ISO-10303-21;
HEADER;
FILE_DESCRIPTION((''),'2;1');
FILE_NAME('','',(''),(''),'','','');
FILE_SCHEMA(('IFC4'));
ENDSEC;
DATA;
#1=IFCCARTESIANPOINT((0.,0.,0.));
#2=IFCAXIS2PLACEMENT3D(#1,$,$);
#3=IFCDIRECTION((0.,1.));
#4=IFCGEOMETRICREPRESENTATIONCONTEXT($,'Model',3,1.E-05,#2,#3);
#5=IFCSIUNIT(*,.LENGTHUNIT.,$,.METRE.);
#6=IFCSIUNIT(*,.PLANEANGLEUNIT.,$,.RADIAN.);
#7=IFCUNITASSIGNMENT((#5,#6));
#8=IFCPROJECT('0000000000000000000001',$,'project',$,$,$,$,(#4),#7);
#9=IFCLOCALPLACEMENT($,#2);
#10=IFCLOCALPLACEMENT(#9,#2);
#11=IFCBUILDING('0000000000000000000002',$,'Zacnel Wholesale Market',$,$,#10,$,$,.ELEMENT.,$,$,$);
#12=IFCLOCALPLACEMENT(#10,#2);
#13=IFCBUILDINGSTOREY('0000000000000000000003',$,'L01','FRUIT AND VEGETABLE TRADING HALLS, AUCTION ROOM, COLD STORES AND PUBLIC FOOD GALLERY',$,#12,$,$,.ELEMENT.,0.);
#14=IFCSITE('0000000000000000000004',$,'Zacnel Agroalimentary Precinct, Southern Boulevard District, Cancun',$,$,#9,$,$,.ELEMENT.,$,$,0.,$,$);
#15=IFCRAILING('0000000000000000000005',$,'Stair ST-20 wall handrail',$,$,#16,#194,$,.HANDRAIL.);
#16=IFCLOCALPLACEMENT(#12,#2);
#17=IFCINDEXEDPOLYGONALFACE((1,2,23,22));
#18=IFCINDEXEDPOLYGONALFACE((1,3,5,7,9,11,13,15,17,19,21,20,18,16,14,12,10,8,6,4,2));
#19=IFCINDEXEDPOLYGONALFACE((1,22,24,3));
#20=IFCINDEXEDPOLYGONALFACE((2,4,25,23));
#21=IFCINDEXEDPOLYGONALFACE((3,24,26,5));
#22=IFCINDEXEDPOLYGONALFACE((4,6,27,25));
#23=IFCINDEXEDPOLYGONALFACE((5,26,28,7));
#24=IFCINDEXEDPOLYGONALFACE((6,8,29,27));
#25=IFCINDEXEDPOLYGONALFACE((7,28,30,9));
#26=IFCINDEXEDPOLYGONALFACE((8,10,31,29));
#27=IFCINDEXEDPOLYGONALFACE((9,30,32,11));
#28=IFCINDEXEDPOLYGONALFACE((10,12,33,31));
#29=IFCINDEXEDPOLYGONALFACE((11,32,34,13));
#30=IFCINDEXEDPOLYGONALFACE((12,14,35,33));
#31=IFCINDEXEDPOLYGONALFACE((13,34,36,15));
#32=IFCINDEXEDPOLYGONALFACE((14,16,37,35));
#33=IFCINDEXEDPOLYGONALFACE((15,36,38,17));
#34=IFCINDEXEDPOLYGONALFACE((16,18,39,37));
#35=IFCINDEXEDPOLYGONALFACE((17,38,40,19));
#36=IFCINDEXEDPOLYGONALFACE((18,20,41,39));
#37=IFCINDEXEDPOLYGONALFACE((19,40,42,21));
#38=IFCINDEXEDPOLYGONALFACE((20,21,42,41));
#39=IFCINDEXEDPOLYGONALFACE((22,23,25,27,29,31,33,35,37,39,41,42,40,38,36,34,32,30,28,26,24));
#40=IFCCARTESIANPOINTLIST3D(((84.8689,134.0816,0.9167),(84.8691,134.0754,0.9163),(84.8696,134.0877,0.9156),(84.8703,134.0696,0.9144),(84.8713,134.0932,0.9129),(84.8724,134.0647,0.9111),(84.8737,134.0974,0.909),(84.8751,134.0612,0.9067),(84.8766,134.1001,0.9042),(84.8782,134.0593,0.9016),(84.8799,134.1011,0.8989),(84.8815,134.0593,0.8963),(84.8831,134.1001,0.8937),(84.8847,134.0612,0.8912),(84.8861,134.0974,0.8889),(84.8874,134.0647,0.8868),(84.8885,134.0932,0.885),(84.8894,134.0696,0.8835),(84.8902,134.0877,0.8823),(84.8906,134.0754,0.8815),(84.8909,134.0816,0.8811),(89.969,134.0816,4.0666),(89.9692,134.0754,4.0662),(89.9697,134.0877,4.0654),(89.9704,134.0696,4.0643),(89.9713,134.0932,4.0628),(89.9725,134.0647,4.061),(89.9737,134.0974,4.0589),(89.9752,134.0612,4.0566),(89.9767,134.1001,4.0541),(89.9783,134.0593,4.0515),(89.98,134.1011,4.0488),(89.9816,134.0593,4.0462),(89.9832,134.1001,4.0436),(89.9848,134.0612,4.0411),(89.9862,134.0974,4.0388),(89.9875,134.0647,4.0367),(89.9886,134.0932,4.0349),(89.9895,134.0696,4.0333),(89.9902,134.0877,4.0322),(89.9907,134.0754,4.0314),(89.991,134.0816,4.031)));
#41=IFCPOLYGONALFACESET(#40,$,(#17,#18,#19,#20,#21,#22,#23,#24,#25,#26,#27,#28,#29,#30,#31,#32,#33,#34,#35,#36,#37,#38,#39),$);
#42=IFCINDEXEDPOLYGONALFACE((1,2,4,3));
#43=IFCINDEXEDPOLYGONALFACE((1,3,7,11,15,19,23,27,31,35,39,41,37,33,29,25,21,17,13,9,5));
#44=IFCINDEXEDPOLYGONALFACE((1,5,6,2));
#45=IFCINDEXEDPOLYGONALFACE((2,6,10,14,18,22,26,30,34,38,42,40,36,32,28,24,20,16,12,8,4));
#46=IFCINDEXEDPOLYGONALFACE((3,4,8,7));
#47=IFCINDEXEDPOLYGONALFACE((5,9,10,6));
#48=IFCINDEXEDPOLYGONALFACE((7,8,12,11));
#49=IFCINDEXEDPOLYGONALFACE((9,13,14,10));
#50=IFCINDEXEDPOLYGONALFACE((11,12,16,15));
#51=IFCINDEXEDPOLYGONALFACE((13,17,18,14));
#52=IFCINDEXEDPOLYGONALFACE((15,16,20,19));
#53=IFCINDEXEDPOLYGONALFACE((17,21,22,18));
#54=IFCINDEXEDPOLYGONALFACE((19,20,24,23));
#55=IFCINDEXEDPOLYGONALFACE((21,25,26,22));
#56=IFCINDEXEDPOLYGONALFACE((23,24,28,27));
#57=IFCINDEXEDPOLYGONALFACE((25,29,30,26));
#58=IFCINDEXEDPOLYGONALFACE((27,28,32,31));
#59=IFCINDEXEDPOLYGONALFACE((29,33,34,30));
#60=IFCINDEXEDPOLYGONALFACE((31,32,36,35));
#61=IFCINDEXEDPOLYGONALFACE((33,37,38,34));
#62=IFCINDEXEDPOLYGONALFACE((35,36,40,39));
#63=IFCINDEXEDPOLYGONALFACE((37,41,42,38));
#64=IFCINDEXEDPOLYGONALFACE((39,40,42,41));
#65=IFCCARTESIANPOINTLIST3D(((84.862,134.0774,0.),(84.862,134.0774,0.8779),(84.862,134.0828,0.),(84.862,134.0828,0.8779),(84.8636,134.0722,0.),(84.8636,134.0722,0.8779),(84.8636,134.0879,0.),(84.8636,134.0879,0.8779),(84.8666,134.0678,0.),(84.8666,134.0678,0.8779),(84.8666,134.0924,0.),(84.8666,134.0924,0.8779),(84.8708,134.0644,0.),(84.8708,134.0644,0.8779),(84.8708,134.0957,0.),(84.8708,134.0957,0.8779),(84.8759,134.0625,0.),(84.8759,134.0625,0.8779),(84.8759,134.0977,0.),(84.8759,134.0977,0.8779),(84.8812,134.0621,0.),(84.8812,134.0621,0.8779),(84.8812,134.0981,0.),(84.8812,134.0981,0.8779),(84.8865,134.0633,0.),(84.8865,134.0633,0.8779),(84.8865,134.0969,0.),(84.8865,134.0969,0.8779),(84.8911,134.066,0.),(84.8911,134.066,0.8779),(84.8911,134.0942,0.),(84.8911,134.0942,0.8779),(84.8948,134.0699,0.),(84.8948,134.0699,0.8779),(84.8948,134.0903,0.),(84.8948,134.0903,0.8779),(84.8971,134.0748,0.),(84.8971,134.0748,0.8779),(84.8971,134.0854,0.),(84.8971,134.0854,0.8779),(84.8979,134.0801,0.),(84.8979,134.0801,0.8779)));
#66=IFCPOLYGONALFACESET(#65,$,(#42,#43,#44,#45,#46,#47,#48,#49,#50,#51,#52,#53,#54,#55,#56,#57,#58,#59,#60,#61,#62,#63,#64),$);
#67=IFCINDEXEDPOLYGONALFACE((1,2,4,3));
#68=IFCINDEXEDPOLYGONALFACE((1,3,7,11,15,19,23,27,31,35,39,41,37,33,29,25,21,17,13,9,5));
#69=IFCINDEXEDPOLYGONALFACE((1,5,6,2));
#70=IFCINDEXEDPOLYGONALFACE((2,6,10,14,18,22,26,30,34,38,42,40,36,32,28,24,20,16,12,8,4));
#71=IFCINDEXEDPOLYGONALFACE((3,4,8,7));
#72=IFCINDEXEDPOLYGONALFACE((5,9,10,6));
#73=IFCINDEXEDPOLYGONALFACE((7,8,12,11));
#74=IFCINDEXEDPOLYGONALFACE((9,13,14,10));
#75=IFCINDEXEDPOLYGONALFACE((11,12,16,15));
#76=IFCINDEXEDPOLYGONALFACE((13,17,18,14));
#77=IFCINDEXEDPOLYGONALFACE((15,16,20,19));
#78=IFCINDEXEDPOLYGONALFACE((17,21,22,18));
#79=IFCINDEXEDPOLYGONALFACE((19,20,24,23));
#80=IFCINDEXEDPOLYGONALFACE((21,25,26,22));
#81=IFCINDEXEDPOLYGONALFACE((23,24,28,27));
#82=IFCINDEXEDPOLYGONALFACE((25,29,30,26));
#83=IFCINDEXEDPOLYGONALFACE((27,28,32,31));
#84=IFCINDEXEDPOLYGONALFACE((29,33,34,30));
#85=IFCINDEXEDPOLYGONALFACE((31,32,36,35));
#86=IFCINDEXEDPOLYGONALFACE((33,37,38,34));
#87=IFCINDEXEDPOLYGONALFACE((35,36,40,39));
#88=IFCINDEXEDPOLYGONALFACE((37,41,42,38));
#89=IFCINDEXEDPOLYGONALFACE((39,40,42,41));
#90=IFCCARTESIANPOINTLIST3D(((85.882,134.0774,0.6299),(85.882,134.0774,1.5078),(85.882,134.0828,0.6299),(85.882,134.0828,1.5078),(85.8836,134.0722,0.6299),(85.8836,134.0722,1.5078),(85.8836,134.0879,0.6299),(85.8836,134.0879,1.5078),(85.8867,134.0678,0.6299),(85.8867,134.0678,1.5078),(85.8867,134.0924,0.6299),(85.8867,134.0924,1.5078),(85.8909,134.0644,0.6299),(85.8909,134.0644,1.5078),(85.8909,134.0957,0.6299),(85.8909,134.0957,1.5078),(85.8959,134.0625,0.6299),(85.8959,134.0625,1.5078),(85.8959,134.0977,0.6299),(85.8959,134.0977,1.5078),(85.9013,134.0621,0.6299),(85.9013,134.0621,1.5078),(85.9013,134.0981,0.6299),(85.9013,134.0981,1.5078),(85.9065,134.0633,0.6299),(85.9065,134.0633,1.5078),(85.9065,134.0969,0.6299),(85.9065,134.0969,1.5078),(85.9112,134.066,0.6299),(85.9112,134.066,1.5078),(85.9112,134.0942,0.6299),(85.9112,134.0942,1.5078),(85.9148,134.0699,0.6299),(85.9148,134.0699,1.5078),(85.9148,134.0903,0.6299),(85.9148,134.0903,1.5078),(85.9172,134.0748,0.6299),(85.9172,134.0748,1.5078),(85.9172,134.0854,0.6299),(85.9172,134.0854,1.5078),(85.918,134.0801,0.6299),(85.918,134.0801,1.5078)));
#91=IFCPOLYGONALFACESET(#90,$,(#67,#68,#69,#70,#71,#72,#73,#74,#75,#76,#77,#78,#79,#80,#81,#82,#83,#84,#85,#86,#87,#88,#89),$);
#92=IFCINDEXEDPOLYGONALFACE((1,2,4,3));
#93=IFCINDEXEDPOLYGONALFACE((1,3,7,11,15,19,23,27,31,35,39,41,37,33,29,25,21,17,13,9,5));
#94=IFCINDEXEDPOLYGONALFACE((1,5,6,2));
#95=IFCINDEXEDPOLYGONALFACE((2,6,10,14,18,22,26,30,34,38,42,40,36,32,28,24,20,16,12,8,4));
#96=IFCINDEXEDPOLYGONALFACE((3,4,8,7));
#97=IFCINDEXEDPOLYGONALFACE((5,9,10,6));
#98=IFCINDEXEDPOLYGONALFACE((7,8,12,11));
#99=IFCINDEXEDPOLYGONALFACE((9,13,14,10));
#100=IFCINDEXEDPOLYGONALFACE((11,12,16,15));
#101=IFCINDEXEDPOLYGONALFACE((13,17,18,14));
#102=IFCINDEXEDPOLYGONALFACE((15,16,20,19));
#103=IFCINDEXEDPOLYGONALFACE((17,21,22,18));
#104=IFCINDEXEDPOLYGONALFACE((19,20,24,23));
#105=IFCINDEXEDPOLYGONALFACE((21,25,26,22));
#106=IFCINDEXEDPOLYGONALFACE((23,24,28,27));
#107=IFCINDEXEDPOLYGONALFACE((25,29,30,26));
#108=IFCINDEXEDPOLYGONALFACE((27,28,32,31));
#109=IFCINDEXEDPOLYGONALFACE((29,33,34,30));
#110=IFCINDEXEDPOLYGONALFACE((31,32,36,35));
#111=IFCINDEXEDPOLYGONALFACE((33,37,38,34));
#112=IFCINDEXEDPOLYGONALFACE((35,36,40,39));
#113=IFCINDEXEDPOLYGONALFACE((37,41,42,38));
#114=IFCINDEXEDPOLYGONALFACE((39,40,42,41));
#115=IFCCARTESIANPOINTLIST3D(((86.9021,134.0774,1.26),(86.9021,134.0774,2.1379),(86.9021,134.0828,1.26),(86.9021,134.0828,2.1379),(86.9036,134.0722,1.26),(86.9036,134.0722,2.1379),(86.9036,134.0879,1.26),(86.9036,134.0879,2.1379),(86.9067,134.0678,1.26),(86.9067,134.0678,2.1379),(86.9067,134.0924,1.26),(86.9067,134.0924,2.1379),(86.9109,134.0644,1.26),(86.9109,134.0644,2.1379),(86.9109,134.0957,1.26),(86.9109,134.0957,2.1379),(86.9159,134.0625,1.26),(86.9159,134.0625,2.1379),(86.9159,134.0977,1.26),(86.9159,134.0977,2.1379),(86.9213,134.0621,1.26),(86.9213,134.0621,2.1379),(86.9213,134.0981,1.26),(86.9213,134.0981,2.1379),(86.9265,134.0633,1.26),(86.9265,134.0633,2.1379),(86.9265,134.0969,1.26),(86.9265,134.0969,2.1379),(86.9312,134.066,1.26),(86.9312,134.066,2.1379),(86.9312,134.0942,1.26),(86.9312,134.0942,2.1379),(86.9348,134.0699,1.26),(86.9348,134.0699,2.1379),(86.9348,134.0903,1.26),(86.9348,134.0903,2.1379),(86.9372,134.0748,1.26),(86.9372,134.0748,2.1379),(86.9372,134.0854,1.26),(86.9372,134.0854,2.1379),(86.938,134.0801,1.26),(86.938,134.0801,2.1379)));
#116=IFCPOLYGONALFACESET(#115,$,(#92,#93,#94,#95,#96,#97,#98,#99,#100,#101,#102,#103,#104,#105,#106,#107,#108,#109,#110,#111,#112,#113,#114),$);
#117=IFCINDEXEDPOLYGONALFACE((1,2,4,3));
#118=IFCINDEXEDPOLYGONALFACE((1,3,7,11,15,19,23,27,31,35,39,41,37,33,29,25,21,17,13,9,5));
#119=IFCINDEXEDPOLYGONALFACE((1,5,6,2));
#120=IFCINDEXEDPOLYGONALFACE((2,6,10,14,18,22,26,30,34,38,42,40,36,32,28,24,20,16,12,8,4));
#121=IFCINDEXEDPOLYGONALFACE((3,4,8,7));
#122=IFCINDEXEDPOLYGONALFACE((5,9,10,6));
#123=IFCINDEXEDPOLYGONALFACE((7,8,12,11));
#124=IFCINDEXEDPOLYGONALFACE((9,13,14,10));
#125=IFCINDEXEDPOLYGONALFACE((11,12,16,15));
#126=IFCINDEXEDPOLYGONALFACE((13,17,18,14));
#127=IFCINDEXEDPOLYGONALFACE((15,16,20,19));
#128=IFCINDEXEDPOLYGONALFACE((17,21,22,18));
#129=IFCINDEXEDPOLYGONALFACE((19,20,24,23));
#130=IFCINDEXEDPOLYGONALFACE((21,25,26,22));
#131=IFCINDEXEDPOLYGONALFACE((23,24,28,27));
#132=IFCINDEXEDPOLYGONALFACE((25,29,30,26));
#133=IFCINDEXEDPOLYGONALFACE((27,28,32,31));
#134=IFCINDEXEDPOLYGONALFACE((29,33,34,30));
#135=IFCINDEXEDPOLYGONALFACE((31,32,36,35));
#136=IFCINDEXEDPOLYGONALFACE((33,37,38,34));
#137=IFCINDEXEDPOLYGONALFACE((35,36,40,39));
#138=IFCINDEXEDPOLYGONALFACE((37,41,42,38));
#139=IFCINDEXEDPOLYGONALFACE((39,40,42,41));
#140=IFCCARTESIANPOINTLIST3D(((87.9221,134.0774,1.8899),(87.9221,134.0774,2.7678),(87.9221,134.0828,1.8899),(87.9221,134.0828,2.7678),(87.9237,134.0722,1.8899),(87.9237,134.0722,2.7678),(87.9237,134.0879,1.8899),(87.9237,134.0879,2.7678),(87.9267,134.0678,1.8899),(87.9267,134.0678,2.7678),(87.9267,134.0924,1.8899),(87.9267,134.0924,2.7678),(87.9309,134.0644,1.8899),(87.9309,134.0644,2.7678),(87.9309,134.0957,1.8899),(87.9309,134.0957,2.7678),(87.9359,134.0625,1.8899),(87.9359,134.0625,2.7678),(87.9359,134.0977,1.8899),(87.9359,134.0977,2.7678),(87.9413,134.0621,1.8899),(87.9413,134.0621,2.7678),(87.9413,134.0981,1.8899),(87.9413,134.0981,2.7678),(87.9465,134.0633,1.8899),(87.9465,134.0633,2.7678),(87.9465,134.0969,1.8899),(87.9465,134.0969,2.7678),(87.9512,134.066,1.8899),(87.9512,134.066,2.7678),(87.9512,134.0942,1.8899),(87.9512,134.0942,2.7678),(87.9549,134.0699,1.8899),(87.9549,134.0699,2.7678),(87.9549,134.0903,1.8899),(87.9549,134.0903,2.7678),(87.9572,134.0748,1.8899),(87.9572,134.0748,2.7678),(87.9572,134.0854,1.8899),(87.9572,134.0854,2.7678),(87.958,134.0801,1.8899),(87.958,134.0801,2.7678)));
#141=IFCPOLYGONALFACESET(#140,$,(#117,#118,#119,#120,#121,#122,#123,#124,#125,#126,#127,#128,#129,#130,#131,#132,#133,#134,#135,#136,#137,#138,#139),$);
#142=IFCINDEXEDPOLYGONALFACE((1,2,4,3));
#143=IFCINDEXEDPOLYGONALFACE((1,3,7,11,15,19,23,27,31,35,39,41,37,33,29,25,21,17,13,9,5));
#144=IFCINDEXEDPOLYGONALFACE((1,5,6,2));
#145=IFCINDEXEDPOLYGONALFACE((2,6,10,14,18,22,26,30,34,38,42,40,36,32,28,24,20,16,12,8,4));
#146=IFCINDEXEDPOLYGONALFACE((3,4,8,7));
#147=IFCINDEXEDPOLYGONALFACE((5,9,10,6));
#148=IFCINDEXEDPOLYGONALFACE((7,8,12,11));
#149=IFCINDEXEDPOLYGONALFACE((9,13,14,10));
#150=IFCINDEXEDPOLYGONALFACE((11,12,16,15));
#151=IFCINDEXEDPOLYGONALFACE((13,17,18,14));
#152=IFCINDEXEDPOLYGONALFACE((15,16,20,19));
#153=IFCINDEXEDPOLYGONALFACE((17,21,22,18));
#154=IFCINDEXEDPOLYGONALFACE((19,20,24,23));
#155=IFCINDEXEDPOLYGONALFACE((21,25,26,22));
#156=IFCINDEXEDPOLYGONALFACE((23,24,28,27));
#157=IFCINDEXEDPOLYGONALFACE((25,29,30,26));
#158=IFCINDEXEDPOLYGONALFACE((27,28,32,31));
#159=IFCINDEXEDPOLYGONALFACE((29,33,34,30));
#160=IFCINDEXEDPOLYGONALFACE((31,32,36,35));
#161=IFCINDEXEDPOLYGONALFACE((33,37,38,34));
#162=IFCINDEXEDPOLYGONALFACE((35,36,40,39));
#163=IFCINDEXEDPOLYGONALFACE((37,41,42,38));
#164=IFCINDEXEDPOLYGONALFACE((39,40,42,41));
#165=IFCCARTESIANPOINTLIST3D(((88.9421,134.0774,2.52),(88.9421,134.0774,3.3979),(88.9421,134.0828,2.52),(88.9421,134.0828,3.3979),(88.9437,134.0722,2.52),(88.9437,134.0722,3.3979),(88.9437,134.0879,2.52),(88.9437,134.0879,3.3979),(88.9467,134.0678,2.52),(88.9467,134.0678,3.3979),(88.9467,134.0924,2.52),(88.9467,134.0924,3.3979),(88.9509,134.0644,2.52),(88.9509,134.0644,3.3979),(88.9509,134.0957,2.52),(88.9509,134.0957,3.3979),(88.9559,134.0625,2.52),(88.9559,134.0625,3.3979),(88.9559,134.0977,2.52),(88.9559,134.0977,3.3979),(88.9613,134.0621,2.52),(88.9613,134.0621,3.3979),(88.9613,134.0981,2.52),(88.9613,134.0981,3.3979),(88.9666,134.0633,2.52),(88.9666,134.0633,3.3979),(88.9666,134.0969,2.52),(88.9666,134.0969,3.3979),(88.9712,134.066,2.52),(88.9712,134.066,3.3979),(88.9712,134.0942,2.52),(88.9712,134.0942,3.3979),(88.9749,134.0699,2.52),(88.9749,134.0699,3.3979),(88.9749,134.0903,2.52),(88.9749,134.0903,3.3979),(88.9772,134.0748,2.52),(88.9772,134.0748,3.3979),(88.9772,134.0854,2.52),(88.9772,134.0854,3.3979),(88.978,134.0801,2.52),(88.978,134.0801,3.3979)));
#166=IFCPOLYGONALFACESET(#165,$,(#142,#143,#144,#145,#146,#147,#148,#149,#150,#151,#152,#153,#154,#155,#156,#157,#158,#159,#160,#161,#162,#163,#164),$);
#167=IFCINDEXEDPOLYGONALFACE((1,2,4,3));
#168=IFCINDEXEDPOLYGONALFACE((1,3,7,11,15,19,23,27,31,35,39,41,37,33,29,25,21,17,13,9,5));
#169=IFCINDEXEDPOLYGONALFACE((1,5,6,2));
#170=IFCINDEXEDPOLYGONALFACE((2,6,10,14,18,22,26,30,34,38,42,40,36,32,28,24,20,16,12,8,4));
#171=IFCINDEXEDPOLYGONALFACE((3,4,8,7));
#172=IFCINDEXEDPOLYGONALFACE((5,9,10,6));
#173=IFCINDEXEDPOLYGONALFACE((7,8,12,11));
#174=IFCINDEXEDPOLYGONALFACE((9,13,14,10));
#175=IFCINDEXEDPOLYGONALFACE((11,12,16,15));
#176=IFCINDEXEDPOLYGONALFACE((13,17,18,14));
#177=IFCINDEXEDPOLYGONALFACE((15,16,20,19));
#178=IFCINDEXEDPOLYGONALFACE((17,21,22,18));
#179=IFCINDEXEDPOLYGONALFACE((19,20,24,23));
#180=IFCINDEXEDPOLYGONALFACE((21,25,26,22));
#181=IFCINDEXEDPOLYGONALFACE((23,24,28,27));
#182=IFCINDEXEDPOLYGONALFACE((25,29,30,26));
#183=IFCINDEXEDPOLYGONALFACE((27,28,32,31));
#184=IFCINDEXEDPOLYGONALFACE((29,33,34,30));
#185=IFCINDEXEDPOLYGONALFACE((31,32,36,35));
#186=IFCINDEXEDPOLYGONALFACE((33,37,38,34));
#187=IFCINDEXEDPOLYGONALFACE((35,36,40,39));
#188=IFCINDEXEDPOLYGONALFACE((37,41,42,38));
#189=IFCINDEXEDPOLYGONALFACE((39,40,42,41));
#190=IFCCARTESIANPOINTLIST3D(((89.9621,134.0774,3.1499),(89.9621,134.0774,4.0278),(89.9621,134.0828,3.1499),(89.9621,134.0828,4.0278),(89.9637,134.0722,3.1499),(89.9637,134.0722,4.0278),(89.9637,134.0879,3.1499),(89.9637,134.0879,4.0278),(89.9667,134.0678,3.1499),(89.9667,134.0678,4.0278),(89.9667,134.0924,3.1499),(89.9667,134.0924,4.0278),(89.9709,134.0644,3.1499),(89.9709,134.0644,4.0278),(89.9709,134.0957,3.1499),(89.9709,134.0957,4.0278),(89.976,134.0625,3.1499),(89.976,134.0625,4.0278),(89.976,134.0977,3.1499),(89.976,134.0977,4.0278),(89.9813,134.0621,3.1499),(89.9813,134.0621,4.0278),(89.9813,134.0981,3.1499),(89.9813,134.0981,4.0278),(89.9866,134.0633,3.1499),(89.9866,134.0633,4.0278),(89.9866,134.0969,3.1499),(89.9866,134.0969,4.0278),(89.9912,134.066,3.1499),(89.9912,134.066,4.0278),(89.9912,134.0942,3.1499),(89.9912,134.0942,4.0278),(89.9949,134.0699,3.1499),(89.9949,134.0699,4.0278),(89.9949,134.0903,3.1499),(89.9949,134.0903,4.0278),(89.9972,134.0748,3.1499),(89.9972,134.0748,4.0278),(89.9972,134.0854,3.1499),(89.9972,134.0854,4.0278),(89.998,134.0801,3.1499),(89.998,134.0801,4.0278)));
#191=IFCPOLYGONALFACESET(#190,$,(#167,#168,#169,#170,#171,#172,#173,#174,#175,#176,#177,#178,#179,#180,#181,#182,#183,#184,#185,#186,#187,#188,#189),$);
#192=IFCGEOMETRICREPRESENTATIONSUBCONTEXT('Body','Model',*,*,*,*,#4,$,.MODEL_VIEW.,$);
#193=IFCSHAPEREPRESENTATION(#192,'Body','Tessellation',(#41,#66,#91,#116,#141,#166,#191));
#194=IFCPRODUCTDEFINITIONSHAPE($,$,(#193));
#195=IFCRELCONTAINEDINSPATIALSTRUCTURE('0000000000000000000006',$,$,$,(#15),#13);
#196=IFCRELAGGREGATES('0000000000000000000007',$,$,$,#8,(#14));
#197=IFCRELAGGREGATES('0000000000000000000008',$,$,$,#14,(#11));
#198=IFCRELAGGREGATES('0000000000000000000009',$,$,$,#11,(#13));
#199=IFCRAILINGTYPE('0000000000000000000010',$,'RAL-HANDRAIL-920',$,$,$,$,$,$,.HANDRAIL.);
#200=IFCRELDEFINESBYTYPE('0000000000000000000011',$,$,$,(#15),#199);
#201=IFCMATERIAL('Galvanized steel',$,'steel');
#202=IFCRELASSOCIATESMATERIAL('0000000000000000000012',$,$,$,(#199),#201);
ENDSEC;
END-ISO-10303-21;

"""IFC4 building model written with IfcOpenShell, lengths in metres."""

from ifc_helpers import new_model, si_unit, direction, frame, origin, origin_2d, place, context, subcontext, project, spatial, circle, extrude, material, type_object, element, save


model = new_model("IFC4")

# Units and contexts
model_context = context("Model", 3, precision=1e-05, world=origin(), true_north=direction((0.0, 1.0)))
body_context = subcontext(model_context, "Body", "Model", "MODEL_VIEW")
ifc_project = project(units=[si_unit("LENGTHUNIT", "METRE"), si_unit("PLANEANGLEUNIT", "RADIAN")], contexts=[model_context])

# Site, building, storey
site_placement = place(None, origin())
site = spatial("IfcSite", under=ifc_project, at=site_placement, Name="Zacnel Agroalimentary Precinct, Southern Boulevard District, Cancun", CompositionType="ELEMENT", RefElevation=0.0)
building_placement = place(site_placement, origin())
building = spatial("IfcBuilding", under=site, at=building_placement, Name="Zacnel Wholesale Market", CompositionType="ELEMENT")
storey_placement = place(building_placement, origin())
storey = spatial("IfcBuildingStorey", under=building, at=storey_placement, Name="L01", Description="FRUIT AND VEGETABLE TRADING HALLS, AUCTION ROOM, COLD STORES AND PUBLIC FOOD GALLERY", CompositionType="ELEMENT", Elevation=0.0)

# Railing
ifc_material_1 = material(Name="Galvanized steel", Category="steel")
railing_type_1 = type_object("IfcRailingType", Name="RAL-HANDRAIL-920", PredefinedType="HANDRAIL", material=ifc_material_1)
railing_1_placement = place(storey_placement, frame((84.8799, 134.0801, 0.0)))
element("IfcRailing", 1, at=railing_1_placement, inside=storey, type_object=railing_type_1, Name="Stair ST-20 wall handrail", PredefinedType="HANDRAIL", context=body_context, shape_type="SweptSolid", body=[
    extrude(circle(Radius=0.021, at=origin_2d()), frame((0.0, 0.0, 0.8989), z_axis=(0.85081, 0.0, 0.525474), x_axis=(0.0, 1.0, 0.0)), (0.0, 0.0, 1.0), 5.9944),
    extrude(circle(Radius=0.0181, at=origin_2d()), origin(), (0.0, 0.0, 1.0), 0.8779),
    extrude(circle(Radius=0.0181, at=origin_2d()), frame((1.02, 0.0, 0.6299)), (0.0, 0.0, 1.0), 0.8779),
    extrude(circle(Radius=0.0181, at=origin_2d()), frame((2.04, 0.0, 1.26)), (0.0, 0.0, 1.0), 0.8779),
    extrude(circle(Radius=0.0181, at=origin_2d()), frame((3.0601, 0.0, 1.8899)), (0.0, 0.0, 1.0), 0.8779),
    extrude(circle(Radius=0.0181, at=origin_2d()), frame((4.0801, 0.0, 2.52)), (0.0, 0.0, 1.0), 0.8779),
    extrude(circle(Radius=0.0181, at=origin_2d()), frame((5.1001, 0.0, 3.1499)), (0.0, 0.0, 1.0), 0.8779),
])

save(model, "model.ifc")
